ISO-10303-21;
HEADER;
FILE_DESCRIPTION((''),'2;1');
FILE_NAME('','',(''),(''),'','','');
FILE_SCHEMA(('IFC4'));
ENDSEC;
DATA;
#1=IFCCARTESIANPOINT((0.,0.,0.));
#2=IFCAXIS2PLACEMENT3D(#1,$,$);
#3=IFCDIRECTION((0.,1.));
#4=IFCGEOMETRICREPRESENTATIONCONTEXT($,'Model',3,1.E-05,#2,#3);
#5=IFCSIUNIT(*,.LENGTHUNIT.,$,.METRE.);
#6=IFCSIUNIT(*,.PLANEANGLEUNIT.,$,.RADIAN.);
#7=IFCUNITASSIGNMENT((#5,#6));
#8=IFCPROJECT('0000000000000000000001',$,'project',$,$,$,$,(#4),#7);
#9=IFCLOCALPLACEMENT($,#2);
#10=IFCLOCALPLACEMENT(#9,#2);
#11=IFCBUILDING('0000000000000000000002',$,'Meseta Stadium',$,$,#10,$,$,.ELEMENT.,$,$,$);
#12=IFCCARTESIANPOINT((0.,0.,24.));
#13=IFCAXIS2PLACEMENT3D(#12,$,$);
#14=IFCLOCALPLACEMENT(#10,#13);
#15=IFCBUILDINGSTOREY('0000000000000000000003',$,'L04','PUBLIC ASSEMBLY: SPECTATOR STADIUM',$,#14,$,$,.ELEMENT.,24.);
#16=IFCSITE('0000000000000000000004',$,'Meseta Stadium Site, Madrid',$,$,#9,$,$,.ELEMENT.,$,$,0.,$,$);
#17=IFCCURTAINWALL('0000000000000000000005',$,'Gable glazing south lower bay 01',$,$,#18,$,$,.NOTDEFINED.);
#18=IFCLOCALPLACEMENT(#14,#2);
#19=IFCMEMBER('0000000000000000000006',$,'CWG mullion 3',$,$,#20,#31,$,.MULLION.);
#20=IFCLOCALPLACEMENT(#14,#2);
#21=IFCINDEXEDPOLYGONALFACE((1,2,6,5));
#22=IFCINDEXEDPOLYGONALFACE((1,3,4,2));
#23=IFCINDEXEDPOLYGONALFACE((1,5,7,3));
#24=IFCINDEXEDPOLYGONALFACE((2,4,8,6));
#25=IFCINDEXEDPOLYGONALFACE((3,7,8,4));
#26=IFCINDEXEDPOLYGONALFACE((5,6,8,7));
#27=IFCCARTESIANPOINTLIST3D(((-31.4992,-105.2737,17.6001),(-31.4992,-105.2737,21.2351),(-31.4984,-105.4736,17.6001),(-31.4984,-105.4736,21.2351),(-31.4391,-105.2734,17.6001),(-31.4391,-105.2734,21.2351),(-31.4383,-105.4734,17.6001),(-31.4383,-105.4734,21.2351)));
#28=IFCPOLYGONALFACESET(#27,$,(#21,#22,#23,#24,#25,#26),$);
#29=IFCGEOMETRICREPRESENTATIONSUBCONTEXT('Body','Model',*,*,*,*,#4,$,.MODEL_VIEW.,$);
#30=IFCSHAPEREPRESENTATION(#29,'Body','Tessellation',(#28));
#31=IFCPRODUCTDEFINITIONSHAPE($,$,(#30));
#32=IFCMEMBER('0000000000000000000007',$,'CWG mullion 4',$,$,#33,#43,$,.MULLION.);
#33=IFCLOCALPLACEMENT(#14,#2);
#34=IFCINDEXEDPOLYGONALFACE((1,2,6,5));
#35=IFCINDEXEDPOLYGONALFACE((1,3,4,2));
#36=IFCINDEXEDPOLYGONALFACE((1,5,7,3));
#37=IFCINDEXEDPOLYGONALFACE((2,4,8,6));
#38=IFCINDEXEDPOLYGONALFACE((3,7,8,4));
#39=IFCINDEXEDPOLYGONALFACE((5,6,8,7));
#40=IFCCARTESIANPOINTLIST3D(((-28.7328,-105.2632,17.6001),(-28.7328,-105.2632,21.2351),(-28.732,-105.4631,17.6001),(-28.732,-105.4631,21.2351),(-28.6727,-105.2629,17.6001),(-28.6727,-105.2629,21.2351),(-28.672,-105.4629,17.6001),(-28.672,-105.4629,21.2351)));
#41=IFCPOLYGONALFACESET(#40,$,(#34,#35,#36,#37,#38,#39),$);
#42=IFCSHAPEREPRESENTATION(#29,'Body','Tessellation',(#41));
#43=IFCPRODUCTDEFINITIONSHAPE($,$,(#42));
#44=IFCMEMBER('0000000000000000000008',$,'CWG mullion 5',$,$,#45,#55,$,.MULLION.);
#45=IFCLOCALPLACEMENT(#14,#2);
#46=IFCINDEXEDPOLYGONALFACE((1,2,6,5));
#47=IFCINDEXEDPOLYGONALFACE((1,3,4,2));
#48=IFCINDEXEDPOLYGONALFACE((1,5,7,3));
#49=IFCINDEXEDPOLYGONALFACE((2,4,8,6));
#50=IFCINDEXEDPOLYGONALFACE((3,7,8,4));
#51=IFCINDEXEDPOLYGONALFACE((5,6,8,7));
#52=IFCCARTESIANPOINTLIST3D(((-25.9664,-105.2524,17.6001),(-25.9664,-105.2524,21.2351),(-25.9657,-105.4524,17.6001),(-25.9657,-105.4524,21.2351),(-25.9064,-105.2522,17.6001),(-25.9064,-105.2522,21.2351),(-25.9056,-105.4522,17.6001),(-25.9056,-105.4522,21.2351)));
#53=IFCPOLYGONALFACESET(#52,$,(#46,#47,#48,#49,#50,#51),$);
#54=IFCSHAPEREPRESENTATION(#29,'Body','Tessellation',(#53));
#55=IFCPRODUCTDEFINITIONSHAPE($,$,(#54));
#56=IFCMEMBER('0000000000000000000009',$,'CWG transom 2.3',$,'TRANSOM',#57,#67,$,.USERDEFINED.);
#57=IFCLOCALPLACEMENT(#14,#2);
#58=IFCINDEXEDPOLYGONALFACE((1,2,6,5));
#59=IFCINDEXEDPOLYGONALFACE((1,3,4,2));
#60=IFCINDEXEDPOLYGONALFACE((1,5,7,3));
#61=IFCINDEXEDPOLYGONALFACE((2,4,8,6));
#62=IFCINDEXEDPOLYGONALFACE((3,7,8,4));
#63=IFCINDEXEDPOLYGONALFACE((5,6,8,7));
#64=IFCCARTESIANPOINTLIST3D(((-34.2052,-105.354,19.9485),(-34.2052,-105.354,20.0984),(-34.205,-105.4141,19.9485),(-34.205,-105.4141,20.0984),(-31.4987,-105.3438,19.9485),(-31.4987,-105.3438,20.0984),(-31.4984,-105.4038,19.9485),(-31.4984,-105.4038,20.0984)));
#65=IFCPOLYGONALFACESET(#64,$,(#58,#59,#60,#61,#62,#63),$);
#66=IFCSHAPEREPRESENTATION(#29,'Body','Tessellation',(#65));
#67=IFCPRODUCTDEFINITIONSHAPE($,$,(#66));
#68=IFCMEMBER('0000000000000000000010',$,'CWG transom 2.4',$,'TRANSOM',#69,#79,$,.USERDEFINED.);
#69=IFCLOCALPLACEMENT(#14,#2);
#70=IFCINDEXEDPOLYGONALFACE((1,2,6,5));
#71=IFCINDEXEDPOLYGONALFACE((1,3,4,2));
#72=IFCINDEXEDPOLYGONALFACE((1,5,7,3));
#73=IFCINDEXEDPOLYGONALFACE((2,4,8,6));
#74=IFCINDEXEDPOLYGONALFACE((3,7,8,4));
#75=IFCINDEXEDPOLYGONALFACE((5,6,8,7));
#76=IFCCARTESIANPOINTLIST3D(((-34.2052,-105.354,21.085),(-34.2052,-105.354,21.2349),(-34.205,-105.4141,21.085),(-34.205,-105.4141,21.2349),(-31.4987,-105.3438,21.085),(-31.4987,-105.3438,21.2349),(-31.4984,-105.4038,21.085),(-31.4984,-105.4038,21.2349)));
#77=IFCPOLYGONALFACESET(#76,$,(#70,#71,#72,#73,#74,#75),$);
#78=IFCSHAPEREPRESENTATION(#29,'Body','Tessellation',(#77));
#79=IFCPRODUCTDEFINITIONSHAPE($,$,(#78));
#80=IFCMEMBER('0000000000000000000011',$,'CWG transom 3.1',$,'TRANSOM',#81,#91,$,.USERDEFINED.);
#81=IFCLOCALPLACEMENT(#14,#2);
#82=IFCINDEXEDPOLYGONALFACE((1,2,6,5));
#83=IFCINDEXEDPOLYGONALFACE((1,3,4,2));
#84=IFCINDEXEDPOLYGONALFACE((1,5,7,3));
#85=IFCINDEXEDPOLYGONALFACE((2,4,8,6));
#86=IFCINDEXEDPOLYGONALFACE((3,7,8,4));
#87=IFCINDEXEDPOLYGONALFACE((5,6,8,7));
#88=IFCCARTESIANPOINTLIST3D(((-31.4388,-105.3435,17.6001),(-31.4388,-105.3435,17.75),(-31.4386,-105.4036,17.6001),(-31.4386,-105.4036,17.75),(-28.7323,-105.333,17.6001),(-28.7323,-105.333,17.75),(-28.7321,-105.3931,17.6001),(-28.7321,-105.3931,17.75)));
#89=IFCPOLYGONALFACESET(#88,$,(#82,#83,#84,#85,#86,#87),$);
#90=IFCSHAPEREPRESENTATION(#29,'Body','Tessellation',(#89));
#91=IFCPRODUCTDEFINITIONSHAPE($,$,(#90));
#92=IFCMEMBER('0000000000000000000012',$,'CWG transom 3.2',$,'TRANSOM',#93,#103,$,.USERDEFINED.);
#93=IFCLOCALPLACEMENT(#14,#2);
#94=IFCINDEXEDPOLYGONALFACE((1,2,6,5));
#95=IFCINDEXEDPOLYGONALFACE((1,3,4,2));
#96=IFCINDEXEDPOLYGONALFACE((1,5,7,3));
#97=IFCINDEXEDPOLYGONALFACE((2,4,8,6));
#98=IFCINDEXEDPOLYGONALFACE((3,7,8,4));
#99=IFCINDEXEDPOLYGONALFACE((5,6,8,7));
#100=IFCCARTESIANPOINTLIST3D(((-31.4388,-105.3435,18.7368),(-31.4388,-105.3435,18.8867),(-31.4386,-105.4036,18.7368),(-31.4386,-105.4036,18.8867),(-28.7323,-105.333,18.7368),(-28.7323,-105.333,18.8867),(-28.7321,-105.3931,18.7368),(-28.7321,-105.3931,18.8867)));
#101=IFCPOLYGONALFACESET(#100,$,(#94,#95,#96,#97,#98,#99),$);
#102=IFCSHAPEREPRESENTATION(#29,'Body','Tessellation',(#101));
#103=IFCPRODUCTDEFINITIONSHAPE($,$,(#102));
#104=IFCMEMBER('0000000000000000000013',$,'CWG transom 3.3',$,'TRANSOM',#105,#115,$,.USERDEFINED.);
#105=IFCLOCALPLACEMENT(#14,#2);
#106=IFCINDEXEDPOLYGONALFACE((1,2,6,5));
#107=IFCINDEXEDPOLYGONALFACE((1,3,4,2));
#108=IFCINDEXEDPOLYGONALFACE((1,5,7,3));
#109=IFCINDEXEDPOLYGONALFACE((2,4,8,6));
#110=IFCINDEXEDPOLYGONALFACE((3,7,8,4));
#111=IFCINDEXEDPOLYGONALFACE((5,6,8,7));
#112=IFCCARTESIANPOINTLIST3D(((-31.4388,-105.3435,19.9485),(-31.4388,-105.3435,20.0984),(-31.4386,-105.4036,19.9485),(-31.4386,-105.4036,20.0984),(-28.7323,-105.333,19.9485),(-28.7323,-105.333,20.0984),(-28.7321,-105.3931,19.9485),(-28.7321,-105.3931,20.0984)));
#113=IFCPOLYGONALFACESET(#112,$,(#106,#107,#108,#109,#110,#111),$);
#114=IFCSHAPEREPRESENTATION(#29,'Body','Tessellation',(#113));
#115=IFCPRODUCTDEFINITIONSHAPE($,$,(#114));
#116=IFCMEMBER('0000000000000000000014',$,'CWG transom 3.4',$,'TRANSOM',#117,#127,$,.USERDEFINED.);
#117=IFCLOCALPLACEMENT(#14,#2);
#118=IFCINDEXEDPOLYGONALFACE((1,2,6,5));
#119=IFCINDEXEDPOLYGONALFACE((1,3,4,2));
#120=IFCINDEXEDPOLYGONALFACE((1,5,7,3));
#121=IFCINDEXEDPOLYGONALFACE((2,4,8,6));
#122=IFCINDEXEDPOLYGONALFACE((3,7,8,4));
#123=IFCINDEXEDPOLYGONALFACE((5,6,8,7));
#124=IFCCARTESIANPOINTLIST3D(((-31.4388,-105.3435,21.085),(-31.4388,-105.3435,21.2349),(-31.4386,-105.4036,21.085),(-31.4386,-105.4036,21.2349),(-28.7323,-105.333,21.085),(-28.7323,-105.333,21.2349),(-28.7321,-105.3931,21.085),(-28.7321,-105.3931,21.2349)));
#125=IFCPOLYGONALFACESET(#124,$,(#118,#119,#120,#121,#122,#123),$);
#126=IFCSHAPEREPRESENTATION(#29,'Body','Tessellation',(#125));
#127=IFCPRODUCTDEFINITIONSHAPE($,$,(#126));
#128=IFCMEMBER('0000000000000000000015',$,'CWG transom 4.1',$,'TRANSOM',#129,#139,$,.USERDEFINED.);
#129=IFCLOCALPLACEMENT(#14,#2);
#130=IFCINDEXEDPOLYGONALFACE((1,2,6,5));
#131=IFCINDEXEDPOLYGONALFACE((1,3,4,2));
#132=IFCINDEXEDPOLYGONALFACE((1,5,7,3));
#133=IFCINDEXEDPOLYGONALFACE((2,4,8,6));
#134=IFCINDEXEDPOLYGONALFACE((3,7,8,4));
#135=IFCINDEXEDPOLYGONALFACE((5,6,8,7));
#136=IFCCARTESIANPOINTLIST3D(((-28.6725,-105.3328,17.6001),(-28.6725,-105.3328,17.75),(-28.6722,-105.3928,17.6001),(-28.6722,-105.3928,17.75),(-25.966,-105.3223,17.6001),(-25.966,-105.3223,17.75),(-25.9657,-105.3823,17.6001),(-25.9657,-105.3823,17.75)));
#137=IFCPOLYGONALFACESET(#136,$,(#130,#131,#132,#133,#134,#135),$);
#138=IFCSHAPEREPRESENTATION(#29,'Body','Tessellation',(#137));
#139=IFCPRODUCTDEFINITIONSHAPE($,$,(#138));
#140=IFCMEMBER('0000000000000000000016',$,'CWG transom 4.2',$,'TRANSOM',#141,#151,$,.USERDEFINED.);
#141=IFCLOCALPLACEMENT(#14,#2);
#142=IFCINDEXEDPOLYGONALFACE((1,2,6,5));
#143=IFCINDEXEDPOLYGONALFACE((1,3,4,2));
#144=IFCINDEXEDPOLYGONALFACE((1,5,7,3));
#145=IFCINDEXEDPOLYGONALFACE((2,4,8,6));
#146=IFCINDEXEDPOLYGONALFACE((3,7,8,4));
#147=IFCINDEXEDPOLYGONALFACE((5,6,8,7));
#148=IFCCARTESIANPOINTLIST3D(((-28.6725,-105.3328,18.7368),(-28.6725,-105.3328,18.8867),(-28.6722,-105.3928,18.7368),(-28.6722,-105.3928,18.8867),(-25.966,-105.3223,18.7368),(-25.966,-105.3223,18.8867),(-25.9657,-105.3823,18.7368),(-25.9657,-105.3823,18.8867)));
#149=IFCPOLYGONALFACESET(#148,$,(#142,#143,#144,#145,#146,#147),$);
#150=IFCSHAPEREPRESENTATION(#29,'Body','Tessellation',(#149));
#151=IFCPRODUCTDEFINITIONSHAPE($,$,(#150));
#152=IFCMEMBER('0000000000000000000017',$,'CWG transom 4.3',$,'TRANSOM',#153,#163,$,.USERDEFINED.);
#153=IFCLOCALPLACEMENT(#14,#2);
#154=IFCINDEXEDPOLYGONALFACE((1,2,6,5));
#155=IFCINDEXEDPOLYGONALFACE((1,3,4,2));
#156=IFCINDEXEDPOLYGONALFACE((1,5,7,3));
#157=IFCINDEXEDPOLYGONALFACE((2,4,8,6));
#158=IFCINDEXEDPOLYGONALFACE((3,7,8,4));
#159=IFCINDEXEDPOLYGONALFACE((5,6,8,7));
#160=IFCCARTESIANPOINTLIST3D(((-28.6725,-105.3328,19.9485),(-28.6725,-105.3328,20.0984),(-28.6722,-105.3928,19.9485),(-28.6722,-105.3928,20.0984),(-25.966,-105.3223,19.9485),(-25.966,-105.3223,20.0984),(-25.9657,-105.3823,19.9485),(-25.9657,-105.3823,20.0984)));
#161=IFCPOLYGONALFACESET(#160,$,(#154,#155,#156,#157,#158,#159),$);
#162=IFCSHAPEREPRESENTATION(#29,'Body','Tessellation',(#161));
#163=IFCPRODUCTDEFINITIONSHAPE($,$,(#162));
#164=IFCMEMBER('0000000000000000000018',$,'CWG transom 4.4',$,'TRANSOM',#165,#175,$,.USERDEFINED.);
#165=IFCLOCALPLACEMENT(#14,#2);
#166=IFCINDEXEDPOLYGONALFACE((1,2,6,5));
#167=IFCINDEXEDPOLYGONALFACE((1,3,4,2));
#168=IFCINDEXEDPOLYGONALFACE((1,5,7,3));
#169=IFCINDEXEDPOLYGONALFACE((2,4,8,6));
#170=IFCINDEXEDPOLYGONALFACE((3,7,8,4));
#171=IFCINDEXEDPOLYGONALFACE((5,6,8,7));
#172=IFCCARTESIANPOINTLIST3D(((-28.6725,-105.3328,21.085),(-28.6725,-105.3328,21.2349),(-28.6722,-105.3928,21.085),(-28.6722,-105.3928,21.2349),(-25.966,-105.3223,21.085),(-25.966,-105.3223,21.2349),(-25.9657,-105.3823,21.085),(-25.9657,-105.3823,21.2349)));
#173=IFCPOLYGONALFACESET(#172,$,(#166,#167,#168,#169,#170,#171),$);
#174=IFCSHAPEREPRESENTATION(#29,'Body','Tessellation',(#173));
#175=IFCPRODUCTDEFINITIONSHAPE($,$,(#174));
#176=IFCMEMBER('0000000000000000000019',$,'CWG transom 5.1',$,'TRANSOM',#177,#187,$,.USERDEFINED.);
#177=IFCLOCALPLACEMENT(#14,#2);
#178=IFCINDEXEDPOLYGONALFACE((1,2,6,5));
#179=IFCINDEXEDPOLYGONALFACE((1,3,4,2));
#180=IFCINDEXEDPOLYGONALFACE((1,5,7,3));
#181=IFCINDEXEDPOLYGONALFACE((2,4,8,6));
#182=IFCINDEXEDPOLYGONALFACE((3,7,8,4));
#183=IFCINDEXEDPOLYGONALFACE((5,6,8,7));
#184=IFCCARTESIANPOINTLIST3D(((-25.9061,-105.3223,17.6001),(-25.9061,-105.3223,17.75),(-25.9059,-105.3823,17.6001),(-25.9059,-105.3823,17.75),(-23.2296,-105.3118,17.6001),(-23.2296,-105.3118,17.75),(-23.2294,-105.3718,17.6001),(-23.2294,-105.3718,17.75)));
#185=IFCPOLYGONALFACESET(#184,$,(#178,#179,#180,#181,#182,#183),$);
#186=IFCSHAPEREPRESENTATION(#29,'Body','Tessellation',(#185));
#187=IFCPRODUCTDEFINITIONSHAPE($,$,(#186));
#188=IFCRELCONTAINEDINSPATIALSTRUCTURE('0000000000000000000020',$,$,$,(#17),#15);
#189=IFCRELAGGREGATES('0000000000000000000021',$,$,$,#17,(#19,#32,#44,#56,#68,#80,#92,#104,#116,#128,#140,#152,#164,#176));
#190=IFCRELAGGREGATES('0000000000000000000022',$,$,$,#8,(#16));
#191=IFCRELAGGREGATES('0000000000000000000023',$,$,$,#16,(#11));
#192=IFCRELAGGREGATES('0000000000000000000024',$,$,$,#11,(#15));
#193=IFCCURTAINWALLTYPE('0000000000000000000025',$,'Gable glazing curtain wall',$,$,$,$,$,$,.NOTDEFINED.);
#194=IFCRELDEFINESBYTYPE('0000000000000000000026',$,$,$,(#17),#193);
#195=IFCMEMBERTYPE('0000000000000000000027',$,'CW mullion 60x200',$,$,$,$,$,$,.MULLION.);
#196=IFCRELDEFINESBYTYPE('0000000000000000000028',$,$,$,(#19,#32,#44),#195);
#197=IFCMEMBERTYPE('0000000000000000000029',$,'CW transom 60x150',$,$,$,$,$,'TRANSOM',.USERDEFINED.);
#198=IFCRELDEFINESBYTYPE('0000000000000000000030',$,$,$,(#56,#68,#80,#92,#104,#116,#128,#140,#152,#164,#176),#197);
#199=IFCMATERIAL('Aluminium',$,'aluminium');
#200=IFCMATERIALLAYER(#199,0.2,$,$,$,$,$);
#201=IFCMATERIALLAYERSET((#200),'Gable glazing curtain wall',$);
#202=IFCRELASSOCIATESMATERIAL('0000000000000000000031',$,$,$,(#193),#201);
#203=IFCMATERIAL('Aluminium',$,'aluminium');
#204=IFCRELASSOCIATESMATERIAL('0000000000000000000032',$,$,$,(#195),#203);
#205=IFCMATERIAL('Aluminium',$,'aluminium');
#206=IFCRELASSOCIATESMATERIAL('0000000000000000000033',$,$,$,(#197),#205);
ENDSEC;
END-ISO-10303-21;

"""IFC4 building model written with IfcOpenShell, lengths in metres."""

from ifc_helpers import new_model, si_unit, direction, frame, origin, origin_2d, place, context, subcontext, project, spatial, rectangle, extrude, material, layer, layer_set, material_profile, profile_set, type_object, element, aggregate, save


model = new_model("IFC4")

# Units and contexts
model_context = context("Model", 3, precision=1e-05, world=origin(), true_north=direction((0.0, 1.0)))
body_context = subcontext(model_context, "Body", "Model", "MODEL_VIEW")
ifc_project = project(units=[si_unit("LENGTHUNIT", "METRE"), si_unit("PLANEANGLEUNIT", "RADIAN")], contexts=[model_context])

# Site, building, storey
site_placement = place(None, origin())
site = spatial("IfcSite", under=ifc_project, at=site_placement, Name="Meseta Stadium Site, Madrid", CompositionType="ELEMENT", RefElevation=0.0)
building_placement = place(site_placement, origin())
building = spatial("IfcBuilding", under=site, at=building_placement, Name="Meseta Stadium", CompositionType="ELEMENT")
storey_placement = place(building_placement, frame((0.0, 0.0, 24.0)))
storey = spatial("IfcBuildingStorey", under=building, at=storey_placement, Name="L04", Description="PUBLIC ASSEMBLY: SPECTATOR STADIUM", CompositionType="ELEMENT", Elevation=24.0)

# Curtain wall, members
ifc_material_1 = material(Name="Aluminium", Category="aluminium")
ifc_layer_1 = layer(ifc_material_1, 0.2)
ifc_layer_set_1 = layer_set([ifc_layer_1], Name="Gable glazing curtain wall")
curtain_wall_type = type_object("IfcCurtainWallType", Name="Gable glazing curtain wall", PredefinedType="NOTDEFINED", material=ifc_layer_set_1)
curtain_wall_placement = place(storey_placement, origin())
curtain_wall = element("IfcCurtainWall", 1, at=curtain_wall_placement, inside=storey, type_object=curtain_wall_type, Name="Gable glazing south lower bay 01", PredefinedType="NOTDEFINED")
ifc_material_2 = material(Name="Aluminium", Category="aluminium")
ifc_material_profile_1 = material_profile(ifc_material_2, rectangle(XDim=0.2, YDim=0.0601, at=origin_2d()), Name="CW 200x60")
ifc_profile_set_1 = profile_set([ifc_material_profile_1], Name="Aluminium")
member_type_1 = type_object("IfcMemberType", Name="CW mullion 60x200", PredefinedType="MULLION", material=ifc_profile_set_1)
member_1_placement = place(storey_placement, frame((-31.4688, -105.3735, 17.6001), z_axis=(0.0, 0.0, 1.0), x_axis=(-0.003848, 0.999993, 0.0)))
member_1 = element("IfcMember", 2, at=member_1_placement, type_object=member_type_1, Name="CWG mullion 3", PredefinedType="MULLION", context=body_context, shape_type="SweptSolid", body=[
    extrude(rectangle(XDim=0.2, YDim=0.0601, at=origin_2d()), origin(), (0.0, 0.0, 1.0), 3.635),
])
member_2_placement = place(storey_placement, frame((-28.7024, -105.363, 17.6001), z_axis=(0.0, 0.0, 1.0), x_axis=(-0.003848, 0.999993, 0.0)))
member_2 = element("IfcMember", 3, at=member_2_placement, type_object=member_type_1, Name="CWG mullion 4", PredefinedType="MULLION", context=body_context, shape_type="SweptSolid", body=[
    extrude(rectangle(XDim=0.2, YDim=0.0601, at=origin_2d()), origin(), (0.0, 0.0, 1.0), 3.635),
])
member_3_placement = place(storey_placement, frame((-25.936, -105.3523, 17.6001), z_axis=(0.0, 0.0, 1.0), x_axis=(-0.003848, 0.999993, 0.0)))
member_3 = element("IfcMember", 4, at=member_3_placement, type_object=member_type_1, Name="CWG mullion 5", PredefinedType="MULLION", context=body_context, shape_type="SweptSolid", body=[
    extrude(rectangle(XDim=0.2, YDim=0.0601, at=origin_2d()), origin(), (0.0, 0.0, 1.0), 3.635),
])
ifc_material_3 = material(Name="Aluminium", Category="aluminium")
ifc_material_profile_2 = material_profile(ifc_material_3, rectangle(XDim=0.0601, YDim=0.1499, at=origin_2d()), Name="CW 60x150")
ifc_profile_set_2 = profile_set([ifc_material_profile_2], Name="Aluminium")
member_type_2 = type_object("IfcMemberType", Name="CW transom 60x150", ElementType="TRANSOM", PredefinedType="USERDEFINED", material=ifc_profile_set_2)
member_4_placement = place(storey_placement, frame((-34.2051, -105.384, 20.0234), z_axis=(0.999993, 0.003789, 0.0), x_axis=(-0.003789, 0.999993, 0.0)))
member_4 = element("IfcMember", 5, at=member_4_placement, type_object=member_type_2, Name="CWG transom 2.3", ObjectType="TRANSOM", PredefinedType="USERDEFINED", context=body_context, shape_type="SweptSolid", body=[
    extrude(rectangle(XDim=0.0601, YDim=0.1499, at=origin_2d()), origin(), (0.0, 0.0, 1.0), 2.7065),
])
member_5_placement = place(storey_placement, frame((-34.2051, -105.384, 21.1599), z_axis=(0.999993, 0.003789, 0.0), x_axis=(-0.003789, 0.999993, 0.0)))
member_5 = element("IfcMember", 6, at=member_5_placement, type_object=member_type_2, Name="CWG transom 2.4", ObjectType="TRANSOM", PredefinedType="USERDEFINED", context=body_context, shape_type="SweptSolid", body=[
    extrude(rectangle(XDim=0.0601, YDim=0.1499, at=origin_2d()), origin(), (0.0, 0.0, 1.0), 2.7065),
])
member_6_placement = place(storey_placement, frame((-31.4387, -105.3735, 17.675), z_axis=(0.999992, 0.003879, 0.0), x_axis=(-0.003879, 0.999992, 0.0)))
member_6 = element("IfcMember", 7, at=member_6_placement, type_object=member_type_2, Name="CWG transom 3.1", ObjectType="TRANSOM", PredefinedType="USERDEFINED", context=body_context, shape_type="SweptSolid", body=[
    extrude(rectangle(XDim=0.0601, YDim=0.1499, at=origin_2d()), origin(), (0.0, 0.0, 1.0), 2.7065),
])
member_7_placement = place(storey_placement, frame((-31.4387, -105.3735, 18.8118), z_axis=(0.999992, 0.003879, 0.0), x_axis=(-0.003879, 0.999992, 0.0)))
member_7 = element("IfcMember", 8, at=member_7_placement, type_object=member_type_2, Name="CWG transom 3.2", ObjectType="TRANSOM", PredefinedType="USERDEFINED", context=body_context, shape_type="SweptSolid", body=[
    extrude(rectangle(XDim=0.0601, YDim=0.1499, at=origin_2d()), origin(), (0.0, 0.0, 1.0), 2.7065),
])
member_8_placement = place(storey_placement, frame((-31.4387, -105.3735, 20.0234), z_axis=(0.999992, 0.003879, 0.0), x_axis=(-0.003879, 0.999992, 0.0)))
member_8 = element("IfcMember", 9, at=member_8_placement, type_object=member_type_2, Name="CWG transom 3.3", ObjectType="TRANSOM", PredefinedType="USERDEFINED", context=body_context, shape_type="SweptSolid", body=[
    extrude(rectangle(XDim=0.0601, YDim=0.1499, at=origin_2d()), origin(), (0.0, 0.0, 1.0), 2.7065),
])
member_9_placement = place(storey_placement, frame((-31.4387, -105.3735, 21.1599), z_axis=(0.999992, 0.003879, 0.0), x_axis=(-0.003879, 0.999992, 0.0)))
member_9 = element("IfcMember", 10, at=member_9_placement, type_object=member_type_2, Name="CWG transom 3.4", ObjectType="TRANSOM", PredefinedType="USERDEFINED", context=body_context, shape_type="SweptSolid", body=[
    extrude(rectangle(XDim=0.0601, YDim=0.1499, at=origin_2d()), origin(), (0.0, 0.0, 1.0), 2.7065),
])
member_10_placement = place(storey_placement, frame((-28.6724, -105.3628, 17.675), z_axis=(0.999992, 0.003879, 0.0), x_axis=(-0.003879, 0.999992, 0.0)))
member_10 = element("IfcMember", 11, at=member_10_placement, type_object=member_type_2, Name="CWG transom 4.1", ObjectType="TRANSOM", PredefinedType="USERDEFINED", context=body_context, shape_type="SweptSolid", body=[
    extrude(rectangle(XDim=0.0601, YDim=0.1499, at=origin_2d()), origin(), (0.0, 0.0, 1.0), 2.7065),
])
member_11_placement = place(storey_placement, frame((-28.6724, -105.3628, 18.8118), z_axis=(0.999992, 0.003879, 0.0), x_axis=(-0.003879, 0.999992, 0.0)))
member_11 = element("IfcMember", 12, at=member_11_placement, type_object=member_type_2, Name="CWG transom 4.2", ObjectType="TRANSOM", PredefinedType="USERDEFINED", context=body_context, shape_type="SweptSolid", body=[
    extrude(rectangle(XDim=0.0601, YDim=0.1499, at=origin_2d()), origin(), (0.0, 0.0, 1.0), 2.7065),
])
member_12_placement = place(storey_placement, frame((-28.6724, -105.3628, 20.0234), z_axis=(0.999992, 0.003879, 0.0), x_axis=(-0.003879, 0.999992, 0.0)))
member_12 = element("IfcMember", 13, at=member_12_placement, type_object=member_type_2, Name="CWG transom 4.3", ObjectType="TRANSOM", PredefinedType="USERDEFINED", context=body_context, shape_type="SweptSolid", body=[
    extrude(rectangle(XDim=0.0601, YDim=0.1499, at=origin_2d()), origin(), (0.0, 0.0, 1.0), 2.7065),
])
member_13_placement = place(storey_placement, frame((-28.6724, -105.3628, 21.1599), z_axis=(0.999992, 0.003879, 0.0), x_axis=(-0.003879, 0.999992, 0.0)))
member_13 = element("IfcMember", 14, at=member_13_placement, type_object=member_type_2, Name="CWG transom 4.4", ObjectType="TRANSOM", PredefinedType="USERDEFINED", context=body_context, shape_type="SweptSolid", body=[
    extrude(rectangle(XDim=0.0601, YDim=0.1499, at=origin_2d()), origin(), (0.0, 0.0, 1.0), 2.7065),
])
member_14_placement = place(storey_placement, frame((-25.906, -105.3523, 17.675), z_axis=(0.999992, 0.003922, 0.0), x_axis=(-0.003922, 0.999992, 0.0)))
member_14 = element("IfcMember", 15, at=member_14_placement, type_object=member_type_2, Name="CWG transom 5.1", ObjectType="TRANSOM", PredefinedType="USERDEFINED", context=body_context, shape_type="SweptSolid", body=[
    extrude(rectangle(XDim=0.0601, YDim=0.1499, at=origin_2d()), origin(), (0.0, 0.0, 1.0), 2.6765),
])
aggregate(curtain_wall, [member_1, member_2, member_3, member_4, member_5, member_6, member_7, member_8, member_9, member_10, member_11, member_12, member_13, member_14])

save(model, "model.ifc")
